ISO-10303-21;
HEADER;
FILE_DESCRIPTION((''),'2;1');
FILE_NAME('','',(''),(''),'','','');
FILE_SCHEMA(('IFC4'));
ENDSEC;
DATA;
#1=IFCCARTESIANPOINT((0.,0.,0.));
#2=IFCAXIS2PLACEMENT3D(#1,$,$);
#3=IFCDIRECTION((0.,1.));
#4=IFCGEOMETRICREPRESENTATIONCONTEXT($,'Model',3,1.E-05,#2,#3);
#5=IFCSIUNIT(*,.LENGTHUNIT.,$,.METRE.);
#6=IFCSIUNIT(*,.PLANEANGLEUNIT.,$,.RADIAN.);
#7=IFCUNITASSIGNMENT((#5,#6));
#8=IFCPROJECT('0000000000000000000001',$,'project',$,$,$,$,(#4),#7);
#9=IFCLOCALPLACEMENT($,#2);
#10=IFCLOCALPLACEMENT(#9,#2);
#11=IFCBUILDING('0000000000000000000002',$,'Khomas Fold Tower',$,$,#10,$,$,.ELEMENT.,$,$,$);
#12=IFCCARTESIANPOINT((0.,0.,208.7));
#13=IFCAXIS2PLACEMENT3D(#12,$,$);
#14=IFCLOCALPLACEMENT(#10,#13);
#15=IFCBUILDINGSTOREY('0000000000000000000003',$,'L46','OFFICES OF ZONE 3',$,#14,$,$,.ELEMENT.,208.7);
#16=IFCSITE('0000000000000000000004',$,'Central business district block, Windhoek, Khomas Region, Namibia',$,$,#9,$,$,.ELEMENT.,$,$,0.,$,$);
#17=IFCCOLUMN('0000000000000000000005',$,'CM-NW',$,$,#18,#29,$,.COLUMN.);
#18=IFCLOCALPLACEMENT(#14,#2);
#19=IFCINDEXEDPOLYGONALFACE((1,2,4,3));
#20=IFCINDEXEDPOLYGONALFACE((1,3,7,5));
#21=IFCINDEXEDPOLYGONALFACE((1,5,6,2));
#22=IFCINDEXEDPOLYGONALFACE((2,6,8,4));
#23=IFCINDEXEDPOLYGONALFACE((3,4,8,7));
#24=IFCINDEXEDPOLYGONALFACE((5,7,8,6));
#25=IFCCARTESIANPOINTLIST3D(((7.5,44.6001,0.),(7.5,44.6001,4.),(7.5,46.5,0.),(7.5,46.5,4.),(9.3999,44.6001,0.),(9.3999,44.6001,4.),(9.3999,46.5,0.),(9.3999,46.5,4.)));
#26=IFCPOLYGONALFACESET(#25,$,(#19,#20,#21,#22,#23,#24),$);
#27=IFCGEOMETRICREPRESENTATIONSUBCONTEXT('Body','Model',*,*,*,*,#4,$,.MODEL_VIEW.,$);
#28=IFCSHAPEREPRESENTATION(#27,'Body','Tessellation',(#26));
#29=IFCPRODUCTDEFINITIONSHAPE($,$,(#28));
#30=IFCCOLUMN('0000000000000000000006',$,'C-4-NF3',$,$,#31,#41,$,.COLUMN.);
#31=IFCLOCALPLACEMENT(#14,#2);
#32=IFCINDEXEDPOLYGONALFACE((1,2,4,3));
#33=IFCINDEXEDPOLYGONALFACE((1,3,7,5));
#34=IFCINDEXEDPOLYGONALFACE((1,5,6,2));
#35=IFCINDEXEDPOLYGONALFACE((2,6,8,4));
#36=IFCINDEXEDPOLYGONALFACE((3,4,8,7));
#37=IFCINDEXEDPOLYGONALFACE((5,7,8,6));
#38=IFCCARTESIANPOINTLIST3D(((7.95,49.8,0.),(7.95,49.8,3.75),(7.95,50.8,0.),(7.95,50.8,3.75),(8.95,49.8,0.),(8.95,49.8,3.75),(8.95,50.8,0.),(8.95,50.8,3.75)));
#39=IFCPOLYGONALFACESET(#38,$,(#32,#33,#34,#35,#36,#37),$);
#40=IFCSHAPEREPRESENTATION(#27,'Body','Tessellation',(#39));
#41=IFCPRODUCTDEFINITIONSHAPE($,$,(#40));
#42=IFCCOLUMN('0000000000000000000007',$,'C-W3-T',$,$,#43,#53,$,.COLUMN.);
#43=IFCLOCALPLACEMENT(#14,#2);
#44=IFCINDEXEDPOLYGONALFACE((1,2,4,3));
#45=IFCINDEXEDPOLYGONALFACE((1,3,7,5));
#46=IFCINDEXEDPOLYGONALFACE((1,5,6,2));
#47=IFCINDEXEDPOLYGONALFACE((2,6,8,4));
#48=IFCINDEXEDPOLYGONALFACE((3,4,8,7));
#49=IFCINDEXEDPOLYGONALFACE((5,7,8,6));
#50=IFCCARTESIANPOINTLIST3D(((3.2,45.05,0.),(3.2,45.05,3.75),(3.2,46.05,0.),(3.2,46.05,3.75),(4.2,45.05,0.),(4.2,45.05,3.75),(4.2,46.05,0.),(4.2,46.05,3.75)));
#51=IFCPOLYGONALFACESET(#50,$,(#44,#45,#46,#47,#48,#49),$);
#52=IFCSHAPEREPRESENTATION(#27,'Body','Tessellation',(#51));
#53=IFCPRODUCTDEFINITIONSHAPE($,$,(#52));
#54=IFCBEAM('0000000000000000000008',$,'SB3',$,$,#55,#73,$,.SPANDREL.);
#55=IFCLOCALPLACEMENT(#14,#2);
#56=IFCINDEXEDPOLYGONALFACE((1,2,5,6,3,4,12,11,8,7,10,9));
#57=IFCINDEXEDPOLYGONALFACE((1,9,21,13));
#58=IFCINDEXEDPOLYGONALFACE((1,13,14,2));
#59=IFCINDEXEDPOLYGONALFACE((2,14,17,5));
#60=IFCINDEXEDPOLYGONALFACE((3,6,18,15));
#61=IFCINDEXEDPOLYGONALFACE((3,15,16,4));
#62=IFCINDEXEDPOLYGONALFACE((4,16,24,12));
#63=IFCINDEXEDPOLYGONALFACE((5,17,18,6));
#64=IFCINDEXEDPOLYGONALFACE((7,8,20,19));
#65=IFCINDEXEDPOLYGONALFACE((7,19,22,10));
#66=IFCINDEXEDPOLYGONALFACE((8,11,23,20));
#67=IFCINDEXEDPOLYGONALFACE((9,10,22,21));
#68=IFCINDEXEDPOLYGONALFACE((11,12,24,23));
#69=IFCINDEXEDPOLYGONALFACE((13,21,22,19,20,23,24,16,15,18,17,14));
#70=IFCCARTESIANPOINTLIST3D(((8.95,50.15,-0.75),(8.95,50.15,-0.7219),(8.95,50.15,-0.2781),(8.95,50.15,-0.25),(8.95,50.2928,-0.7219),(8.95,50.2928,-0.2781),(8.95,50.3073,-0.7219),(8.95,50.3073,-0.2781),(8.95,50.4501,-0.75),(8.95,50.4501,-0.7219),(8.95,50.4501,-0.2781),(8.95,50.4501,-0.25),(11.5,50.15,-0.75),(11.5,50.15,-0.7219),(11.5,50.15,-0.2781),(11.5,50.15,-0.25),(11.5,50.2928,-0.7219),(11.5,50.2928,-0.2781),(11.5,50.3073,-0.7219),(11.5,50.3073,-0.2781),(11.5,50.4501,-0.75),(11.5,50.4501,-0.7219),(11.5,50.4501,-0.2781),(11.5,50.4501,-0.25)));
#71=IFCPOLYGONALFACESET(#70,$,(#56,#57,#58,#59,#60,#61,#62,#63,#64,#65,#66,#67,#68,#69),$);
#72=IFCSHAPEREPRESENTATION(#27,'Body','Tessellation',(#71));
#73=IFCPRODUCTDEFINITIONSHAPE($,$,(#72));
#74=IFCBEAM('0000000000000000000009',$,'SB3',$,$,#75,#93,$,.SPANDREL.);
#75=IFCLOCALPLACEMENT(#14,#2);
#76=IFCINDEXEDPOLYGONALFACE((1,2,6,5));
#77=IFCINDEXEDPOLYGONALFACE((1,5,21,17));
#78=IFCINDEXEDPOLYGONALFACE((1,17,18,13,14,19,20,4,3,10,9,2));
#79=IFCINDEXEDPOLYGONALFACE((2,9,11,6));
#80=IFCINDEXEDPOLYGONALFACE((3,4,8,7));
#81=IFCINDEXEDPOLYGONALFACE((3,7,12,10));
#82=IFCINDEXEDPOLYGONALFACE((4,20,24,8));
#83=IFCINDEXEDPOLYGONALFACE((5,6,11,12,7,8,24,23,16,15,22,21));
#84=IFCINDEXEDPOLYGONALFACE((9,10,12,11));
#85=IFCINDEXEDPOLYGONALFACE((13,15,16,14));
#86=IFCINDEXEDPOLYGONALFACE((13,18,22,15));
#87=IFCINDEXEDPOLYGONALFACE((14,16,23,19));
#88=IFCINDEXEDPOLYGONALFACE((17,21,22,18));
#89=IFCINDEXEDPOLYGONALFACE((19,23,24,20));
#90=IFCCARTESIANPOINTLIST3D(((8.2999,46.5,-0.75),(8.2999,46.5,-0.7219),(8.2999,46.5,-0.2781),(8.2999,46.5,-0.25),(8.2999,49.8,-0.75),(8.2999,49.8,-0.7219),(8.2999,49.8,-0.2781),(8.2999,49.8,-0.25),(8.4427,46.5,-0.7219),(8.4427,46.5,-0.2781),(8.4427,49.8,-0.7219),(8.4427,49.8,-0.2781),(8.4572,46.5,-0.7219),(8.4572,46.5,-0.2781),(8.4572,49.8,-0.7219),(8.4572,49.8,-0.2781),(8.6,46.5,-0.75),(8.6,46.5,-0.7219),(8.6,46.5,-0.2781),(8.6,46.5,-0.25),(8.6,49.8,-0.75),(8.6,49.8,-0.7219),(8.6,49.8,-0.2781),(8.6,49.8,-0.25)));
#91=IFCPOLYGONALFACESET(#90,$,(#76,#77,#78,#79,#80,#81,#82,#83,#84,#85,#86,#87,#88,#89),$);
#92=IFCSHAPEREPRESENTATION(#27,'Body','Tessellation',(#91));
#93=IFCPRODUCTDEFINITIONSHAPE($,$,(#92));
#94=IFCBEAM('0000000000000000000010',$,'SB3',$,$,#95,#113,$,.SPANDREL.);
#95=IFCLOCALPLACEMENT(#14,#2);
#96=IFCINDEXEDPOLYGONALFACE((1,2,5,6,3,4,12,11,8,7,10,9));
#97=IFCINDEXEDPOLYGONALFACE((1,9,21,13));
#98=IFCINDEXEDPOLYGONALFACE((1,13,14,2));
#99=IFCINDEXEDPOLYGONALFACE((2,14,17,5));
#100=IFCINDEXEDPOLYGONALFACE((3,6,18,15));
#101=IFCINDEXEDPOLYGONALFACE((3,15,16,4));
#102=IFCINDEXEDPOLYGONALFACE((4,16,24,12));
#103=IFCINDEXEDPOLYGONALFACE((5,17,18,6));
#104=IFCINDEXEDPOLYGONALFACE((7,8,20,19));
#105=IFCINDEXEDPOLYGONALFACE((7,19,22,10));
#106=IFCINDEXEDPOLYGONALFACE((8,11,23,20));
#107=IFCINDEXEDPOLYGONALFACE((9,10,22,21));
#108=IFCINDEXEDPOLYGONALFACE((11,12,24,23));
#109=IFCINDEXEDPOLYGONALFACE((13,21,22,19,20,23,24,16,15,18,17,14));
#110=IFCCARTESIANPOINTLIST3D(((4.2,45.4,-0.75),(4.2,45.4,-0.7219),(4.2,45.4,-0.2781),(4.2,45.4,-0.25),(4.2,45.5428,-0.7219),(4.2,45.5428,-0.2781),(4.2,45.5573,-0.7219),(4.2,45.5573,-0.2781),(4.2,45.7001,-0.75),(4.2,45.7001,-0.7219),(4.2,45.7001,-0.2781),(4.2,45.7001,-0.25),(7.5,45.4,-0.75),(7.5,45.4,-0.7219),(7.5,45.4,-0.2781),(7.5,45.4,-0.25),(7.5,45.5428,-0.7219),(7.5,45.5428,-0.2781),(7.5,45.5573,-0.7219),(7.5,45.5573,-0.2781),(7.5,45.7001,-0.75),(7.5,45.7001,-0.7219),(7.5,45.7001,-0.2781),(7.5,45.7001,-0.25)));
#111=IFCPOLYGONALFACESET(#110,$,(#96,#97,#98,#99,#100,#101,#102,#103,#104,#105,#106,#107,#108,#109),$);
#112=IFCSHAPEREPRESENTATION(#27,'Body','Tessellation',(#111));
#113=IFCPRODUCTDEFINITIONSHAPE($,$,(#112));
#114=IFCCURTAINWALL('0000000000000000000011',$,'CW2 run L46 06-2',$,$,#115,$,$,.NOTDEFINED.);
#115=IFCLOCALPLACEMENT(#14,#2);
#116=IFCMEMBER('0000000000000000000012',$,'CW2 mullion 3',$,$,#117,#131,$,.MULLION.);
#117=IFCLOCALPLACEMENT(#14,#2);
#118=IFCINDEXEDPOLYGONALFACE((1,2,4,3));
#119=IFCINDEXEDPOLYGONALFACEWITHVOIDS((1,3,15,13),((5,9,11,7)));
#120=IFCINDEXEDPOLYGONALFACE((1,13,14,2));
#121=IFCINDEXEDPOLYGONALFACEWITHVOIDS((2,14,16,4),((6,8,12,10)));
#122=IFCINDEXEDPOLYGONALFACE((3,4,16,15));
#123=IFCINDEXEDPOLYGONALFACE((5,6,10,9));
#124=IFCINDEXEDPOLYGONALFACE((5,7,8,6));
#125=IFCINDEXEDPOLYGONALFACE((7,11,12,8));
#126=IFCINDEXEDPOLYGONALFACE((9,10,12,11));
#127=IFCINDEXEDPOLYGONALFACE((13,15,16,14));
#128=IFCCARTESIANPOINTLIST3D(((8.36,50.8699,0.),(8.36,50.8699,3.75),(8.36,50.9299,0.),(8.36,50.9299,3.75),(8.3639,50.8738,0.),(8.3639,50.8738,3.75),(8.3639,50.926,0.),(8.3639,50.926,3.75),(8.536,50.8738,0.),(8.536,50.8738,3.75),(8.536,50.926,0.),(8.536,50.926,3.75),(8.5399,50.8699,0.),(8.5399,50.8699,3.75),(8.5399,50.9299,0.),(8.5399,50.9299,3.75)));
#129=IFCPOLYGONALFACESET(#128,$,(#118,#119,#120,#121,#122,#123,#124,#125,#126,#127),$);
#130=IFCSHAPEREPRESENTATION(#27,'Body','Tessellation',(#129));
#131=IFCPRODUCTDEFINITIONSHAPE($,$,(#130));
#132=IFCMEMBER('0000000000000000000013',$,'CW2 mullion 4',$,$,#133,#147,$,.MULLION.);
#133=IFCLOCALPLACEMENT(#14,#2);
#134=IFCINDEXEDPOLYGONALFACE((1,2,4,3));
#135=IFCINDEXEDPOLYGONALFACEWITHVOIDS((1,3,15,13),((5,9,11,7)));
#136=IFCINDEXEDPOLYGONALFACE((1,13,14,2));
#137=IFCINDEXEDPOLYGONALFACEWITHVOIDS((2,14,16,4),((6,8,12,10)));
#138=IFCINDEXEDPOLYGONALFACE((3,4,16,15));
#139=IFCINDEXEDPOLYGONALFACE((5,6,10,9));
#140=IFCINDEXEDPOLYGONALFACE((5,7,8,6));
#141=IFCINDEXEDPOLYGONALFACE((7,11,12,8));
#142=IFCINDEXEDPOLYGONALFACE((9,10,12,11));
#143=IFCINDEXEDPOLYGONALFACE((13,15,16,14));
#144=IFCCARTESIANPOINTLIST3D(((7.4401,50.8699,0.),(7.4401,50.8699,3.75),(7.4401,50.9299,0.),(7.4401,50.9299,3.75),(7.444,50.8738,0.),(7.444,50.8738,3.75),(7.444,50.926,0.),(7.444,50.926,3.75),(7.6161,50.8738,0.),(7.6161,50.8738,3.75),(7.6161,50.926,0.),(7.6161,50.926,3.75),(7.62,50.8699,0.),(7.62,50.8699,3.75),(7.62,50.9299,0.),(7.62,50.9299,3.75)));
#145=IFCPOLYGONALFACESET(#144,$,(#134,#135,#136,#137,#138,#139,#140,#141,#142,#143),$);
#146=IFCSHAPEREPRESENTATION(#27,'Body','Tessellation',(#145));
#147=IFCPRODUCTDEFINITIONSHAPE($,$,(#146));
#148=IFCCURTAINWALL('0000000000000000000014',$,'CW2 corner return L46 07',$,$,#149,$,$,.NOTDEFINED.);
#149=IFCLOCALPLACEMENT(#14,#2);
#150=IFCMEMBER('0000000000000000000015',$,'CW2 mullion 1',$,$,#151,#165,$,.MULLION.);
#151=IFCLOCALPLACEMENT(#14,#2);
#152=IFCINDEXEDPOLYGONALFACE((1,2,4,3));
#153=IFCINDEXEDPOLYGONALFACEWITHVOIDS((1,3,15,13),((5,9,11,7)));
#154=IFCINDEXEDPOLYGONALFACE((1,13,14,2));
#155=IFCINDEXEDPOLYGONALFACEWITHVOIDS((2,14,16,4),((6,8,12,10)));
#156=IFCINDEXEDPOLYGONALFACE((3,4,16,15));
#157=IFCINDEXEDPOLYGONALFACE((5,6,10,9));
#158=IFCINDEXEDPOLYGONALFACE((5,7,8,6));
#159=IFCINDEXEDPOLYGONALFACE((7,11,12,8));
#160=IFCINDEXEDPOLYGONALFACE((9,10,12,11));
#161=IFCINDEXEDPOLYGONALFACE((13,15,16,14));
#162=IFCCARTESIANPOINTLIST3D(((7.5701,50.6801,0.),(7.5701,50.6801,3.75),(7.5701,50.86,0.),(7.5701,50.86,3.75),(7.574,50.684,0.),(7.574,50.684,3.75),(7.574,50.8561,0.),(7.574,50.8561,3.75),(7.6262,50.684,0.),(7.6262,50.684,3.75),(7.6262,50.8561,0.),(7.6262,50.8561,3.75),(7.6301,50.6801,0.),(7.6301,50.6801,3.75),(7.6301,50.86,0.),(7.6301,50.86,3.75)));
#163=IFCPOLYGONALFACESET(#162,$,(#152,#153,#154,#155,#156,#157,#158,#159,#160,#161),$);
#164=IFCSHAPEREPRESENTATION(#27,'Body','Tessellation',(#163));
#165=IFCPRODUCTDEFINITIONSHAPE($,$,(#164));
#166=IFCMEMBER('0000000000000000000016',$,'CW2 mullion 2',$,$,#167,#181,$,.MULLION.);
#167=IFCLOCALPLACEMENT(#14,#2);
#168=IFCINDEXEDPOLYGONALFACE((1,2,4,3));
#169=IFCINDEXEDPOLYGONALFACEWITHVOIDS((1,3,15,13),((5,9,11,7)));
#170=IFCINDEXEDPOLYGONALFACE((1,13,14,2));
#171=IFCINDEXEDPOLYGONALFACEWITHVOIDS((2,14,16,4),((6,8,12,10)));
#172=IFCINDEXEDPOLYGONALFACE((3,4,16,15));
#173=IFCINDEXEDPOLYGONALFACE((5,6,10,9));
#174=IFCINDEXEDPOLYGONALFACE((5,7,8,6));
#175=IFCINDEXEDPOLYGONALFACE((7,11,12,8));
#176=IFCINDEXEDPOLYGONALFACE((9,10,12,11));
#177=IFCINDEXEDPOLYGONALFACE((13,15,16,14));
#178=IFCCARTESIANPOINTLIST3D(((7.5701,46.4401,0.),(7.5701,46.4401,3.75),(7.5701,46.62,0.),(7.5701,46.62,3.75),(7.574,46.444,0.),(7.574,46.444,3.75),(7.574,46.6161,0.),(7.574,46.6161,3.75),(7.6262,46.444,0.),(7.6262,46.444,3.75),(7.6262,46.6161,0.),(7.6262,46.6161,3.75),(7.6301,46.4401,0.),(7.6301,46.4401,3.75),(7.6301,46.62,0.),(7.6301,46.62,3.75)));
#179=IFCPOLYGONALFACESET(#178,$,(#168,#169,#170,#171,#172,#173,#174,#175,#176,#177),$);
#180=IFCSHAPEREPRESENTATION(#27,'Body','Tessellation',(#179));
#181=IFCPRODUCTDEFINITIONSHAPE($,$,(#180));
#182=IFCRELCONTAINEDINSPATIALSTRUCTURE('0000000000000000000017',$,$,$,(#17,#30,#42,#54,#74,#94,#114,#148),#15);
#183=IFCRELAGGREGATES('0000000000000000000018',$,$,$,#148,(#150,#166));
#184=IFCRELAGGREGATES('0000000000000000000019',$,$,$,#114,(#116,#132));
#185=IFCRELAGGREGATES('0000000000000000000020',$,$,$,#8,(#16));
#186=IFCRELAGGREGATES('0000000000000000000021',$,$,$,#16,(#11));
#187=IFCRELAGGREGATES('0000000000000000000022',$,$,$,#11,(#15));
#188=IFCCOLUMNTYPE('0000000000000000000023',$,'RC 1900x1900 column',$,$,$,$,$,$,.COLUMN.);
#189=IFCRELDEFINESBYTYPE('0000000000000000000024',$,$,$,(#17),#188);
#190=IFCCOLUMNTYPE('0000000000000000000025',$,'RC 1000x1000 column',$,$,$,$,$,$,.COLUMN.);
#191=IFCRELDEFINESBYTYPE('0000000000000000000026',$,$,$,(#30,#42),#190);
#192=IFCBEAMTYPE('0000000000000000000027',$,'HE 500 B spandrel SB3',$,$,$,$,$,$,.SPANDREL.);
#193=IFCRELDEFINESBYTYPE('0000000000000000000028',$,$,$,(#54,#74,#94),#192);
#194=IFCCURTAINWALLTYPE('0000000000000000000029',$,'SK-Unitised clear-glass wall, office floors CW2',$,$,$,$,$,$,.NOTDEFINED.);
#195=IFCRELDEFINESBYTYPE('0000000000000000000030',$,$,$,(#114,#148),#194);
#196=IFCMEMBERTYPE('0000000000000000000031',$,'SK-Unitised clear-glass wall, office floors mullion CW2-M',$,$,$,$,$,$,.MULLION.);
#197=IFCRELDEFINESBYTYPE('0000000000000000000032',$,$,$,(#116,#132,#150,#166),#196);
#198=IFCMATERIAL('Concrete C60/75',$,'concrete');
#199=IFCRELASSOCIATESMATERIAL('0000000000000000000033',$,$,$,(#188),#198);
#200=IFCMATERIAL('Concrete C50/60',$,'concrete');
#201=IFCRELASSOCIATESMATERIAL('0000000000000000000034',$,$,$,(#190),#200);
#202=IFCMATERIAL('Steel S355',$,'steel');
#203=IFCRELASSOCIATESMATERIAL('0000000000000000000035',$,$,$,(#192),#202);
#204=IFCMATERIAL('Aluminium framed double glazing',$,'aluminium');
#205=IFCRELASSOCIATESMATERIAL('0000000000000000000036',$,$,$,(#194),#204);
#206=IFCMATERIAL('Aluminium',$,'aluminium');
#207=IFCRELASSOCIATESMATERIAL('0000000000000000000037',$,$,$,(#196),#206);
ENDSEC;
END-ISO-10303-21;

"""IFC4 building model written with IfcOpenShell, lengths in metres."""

from ifc_helpers import new_model, si_unit, direction, frame, origin, origin_2d, place, context, subcontext, project, spatial, rectangle, hollow_rectangle, i_section, extrude, source, transform, mapped, material, material_profile, profile_set, type_object, element, aggregate, save


model = new_model("IFC4")

# Units and contexts
model_context = context("Model", 3, precision=1e-05, world=origin(), true_north=direction((0.0, 1.0)))
body_context = subcontext(model_context, "Body", "Model", "MODEL_VIEW")
ifc_project = project(units=[si_unit("LENGTHUNIT", "METRE"), si_unit("PLANEANGLEUNIT", "RADIAN")], contexts=[model_context])

# Site, building, storey
site_placement = place(None, origin())
site = spatial("IfcSite", under=ifc_project, at=site_placement, Name="Central business district block, Windhoek, Khomas Region, Namibia", CompositionType="ELEMENT", RefElevation=0.0)
building_placement = place(site_placement, origin())
building = spatial("IfcBuilding", under=site, at=building_placement, Name="Khomas Fold Tower", CompositionType="ELEMENT")
storey_placement = place(building_placement, frame((0.0, 0.0, 208.7)))
storey = spatial("IfcBuildingStorey", under=building, at=storey_placement, Name="L46", Description="OFFICES OF ZONE 3", CompositionType="ELEMENT", Elevation=208.7)

# Columns
ifc_material_1 = material(Name="Concrete C60/75", Category="concrete")
ifc_material_profile_1 = material_profile(ifc_material_1, rectangle(XDim=1.8999, YDim=1.8999, at=origin_2d()), Name="RC 1900x1900")
ifc_profile_set_1 = profile_set([ifc_material_profile_1], Name="Concrete C60/75")
column_type_1 = type_object("IfcColumnType", Name="RC 1900x1900 column", PredefinedType="COLUMN", material=ifc_profile_set_1)
shared_shape_1 = source(origin(), body_context, "Body", "SweptSolid", [
    extrude(rectangle(XDim=1.8999, YDim=1.8999, at=origin_2d()), origin(), (0.0, 0.0, 1.0), 4.0),
])
column_placement = place(storey_placement, frame((8.45, 45.55, 0.0), z_axis=(0.0, 0.0, 1.0), x_axis=(1.0, 0.0, 0.0)))
element("IfcColumn", 1, at=column_placement, inside=storey, type_object=column_type_1, Name="CM-NW", PredefinedType="COLUMN", context=body_context, shape_type="MappedRepresentation", body=[
    mapped(shared_shape_1, transform((0.0, 0.0, 0.0))),
])
ifc_material_2 = material(Name="Concrete C50/60", Category="concrete")
ifc_material_profile_2 = material_profile(ifc_material_2, rectangle(XDim=1.0, YDim=1.0, at=origin_2d()), Name="RC 1000x1000")
ifc_profile_set_2 = profile_set([ifc_material_profile_2], Name="Concrete C50/60")
column_type_2 = type_object("IfcColumnType", Name="RC 1000x1000 column", PredefinedType="COLUMN", material=ifc_profile_set_2)
shared_shape_2 = source(origin(), body_context, "Body", "SweptSolid", [
    extrude(rectangle(XDim=1.0, YDim=1.0, at=origin_2d()), origin(), (0.0, 0.0, 1.0), 3.75),
])
for number, where, z_axis, x_axis, name in (
    (2, (8.45, 50.3, 0.0), (0.0, 0.0, 1.0), (1.0, 0.0, 0.0), "C-4-NF3"),
    (3, (3.7, 45.55, 0.0), (0.0, 0.0, 1.0), (1.0, 0.0, 0.0), "C-W3-T"),
):
    element("IfcColumn", number, at=place(storey_placement, frame(where, z_axis=z_axis, x_axis=x_axis)), inside=storey, type_object=column_type_2, Name=name, PredefinedType="COLUMN", context=body_context, shape_type="MappedRepresentation", body=[
        mapped(shared_shape_2, transform((0.0, 0.0, 0.0))),
    ])

# Beams
ifc_material_3 = material(Name="Steel S355", Category="steel")
ifc_material_profile_3 = material_profile(ifc_material_3, i_section(OverallWidth=0.3, OverallDepth=0.5, WebThickness=0.0144, FlangeThickness=0.0281, at=origin_2d()), Name="HE 500 B")
ifc_profile_set_3 = profile_set([ifc_material_profile_3], Name="Steel S355")
beam_type = type_object("IfcBeamType", Name="HE 500 B spandrel SB3", PredefinedType="SPANDREL", material=ifc_profile_set_3)
shared_shape_3 = source(origin(), body_context, "Body", "SweptSolid", [
    extrude(i_section(OverallWidth=0.3, OverallDepth=0.5, WebThickness=0.0144, FlangeThickness=0.0281, at=origin_2d()), origin(), (0.0, 0.0, 1.0), 2.55),
])
beam_placement = place(storey_placement, frame((8.95, 50.3, -0.5), z_axis=(1.0, 0.0, 0.0), x_axis=(0.0, 1.0, 0.0)))
element("IfcBeam", 4, at=beam_placement, inside=storey, type_object=beam_type, Name="SB3", PredefinedType="SPANDREL", context=body_context, shape_type="MappedRepresentation", body=[
    mapped(shared_shape_3, transform((0.0, 0.0, 0.0))),
])
shared_shape_4 = source(origin(), body_context, "Body", "SweptSolid", [
    extrude(i_section(OverallWidth=0.3, OverallDepth=0.5, WebThickness=0.0144, FlangeThickness=0.0281, at=origin_2d()), origin(), (0.0, 0.0, 1.0), 3.3),
])
for number, where, z_axis, x_axis, name in (
    (5, (8.45, 46.5, -0.5), (0.0, 1.0, 0.0), (-1.0, 0.0, 0.0), "SB3"),
    (6, (4.2, 45.55, -0.5), (1.0, 0.0, 0.0), (0.0, 1.0, 0.0), "SB3"),
):
    element("IfcBeam", number, at=place(storey_placement, frame(where, z_axis=z_axis, x_axis=x_axis)), inside=storey, type_object=beam_type, Name=name, PredefinedType="SPANDREL", context=body_context, shape_type="MappedRepresentation", body=[
        mapped(shared_shape_4, transform((0.0, 0.0, 0.0))),
    ])

# Curtain walls, members
ifc_material_4 = material(Name="Aluminium framed double glazing", Category="aluminium")
curtain_wall_type = type_object("IfcCurtainWallType", Name="SK-Unitised clear-glass wall, office floors CW2", PredefinedType="NOTDEFINED", material=ifc_material_4)
curtain_wall_1_placement = place(storey_placement, origin())
curtain_wall_1 = element("IfcCurtainWall", 7, at=curtain_wall_1_placement, inside=storey, type_object=curtain_wall_type, Name="CW2 run L46 06-2", PredefinedType="NOTDEFINED")
ifc_material_5 = material(Name="Aluminium", Category="aluminium")
ifc_material_profile_4 = material_profile(ifc_material_5, hollow_rectangle(XDim=0.0601, YDim=0.1799, WallThickness=0.0039, at=origin_2d()), Name="SK-Unitised clear-glass wall, office floors mullion CW2-M")
ifc_profile_set_4 = profile_set([ifc_material_profile_4], Name="Aluminium")
member_type_1 = type_object("IfcMemberType", Name="SK-Unitised clear-glass wall, office floors mullion CW2-M", PredefinedType="MULLION", material=ifc_profile_set_4)
shared_shape_5 = source(origin(), body_context, "Body", "SweptSolid", [
    extrude(hollow_rectangle(XDim=0.0601, YDim=0.1799, WallThickness=0.0039, at=origin_2d()), origin(), (0.0, 0.0, 1.0), 3.75),
])
member_1_placement = place(storey_placement, frame((8.45, 50.8999, 0.0), z_axis=(0.0, 0.0, 1.0), x_axis=(0.0, -1.0, 0.0)))
member_1 = element("IfcMember", 8, at=member_1_placement, type_object=member_type_1, Name="CW2 mullion 3", PredefinedType="MULLION", context=body_context, shape_type="MappedRepresentation", body=[
    mapped(shared_shape_5, transform((0.0, 0.0, 0.0))),
])
member_2_placement = place(storey_placement, frame((7.53, 50.8999, 0.0), z_axis=(0.0, 0.0, 1.0), x_axis=(0.0, -1.0, 0.0)))
member_2 = element("IfcMember", 9, at=member_2_placement, type_object=member_type_1, Name="CW2 mullion 4", PredefinedType="MULLION", context=body_context, shape_type="MappedRepresentation", body=[
    mapped(shared_shape_5, transform((0.0, 0.0, 0.0))),
])
curtain_wall_2_placement = place(storey_placement, origin())
curtain_wall_2 = element("IfcCurtainWall", 10, at=curtain_wall_2_placement, inside=storey, type_object=curtain_wall_type, Name="CW2 corner return L46 07", PredefinedType="NOTDEFINED")
member_3_placement = place(storey_placement, frame((7.6001, 50.77, 0.0), z_axis=(0.0, 0.0, 1.0), x_axis=(1.0, 0.0, 0.0)))
member_3 = element("IfcMember", 11, at=member_3_placement, type_object=member_type_1, Name="CW2 mullion 1", PredefinedType="MULLION", context=body_context, shape_type="MappedRepresentation", body=[
    mapped(shared_shape_5, transform((0.0, 0.0, 0.0))),
])
member_4_placement = place(storey_placement, frame((7.6001, 46.53, 0.0), z_axis=(0.0, 0.0, 1.0), x_axis=(1.0, 0.0, 0.0)))
member_4 = element("IfcMember", 12, at=member_4_placement, type_object=member_type_1, Name="CW2 mullion 2", PredefinedType="MULLION", context=body_context, shape_type="MappedRepresentation", body=[
    mapped(shared_shape_5, transform((0.0, 0.0, 0.0))),
])

aggregate(curtain_wall_2, [member_3, member_4])
aggregate(curtain_wall_1, [member_1, member_2])

save(model, "model.ifc")
